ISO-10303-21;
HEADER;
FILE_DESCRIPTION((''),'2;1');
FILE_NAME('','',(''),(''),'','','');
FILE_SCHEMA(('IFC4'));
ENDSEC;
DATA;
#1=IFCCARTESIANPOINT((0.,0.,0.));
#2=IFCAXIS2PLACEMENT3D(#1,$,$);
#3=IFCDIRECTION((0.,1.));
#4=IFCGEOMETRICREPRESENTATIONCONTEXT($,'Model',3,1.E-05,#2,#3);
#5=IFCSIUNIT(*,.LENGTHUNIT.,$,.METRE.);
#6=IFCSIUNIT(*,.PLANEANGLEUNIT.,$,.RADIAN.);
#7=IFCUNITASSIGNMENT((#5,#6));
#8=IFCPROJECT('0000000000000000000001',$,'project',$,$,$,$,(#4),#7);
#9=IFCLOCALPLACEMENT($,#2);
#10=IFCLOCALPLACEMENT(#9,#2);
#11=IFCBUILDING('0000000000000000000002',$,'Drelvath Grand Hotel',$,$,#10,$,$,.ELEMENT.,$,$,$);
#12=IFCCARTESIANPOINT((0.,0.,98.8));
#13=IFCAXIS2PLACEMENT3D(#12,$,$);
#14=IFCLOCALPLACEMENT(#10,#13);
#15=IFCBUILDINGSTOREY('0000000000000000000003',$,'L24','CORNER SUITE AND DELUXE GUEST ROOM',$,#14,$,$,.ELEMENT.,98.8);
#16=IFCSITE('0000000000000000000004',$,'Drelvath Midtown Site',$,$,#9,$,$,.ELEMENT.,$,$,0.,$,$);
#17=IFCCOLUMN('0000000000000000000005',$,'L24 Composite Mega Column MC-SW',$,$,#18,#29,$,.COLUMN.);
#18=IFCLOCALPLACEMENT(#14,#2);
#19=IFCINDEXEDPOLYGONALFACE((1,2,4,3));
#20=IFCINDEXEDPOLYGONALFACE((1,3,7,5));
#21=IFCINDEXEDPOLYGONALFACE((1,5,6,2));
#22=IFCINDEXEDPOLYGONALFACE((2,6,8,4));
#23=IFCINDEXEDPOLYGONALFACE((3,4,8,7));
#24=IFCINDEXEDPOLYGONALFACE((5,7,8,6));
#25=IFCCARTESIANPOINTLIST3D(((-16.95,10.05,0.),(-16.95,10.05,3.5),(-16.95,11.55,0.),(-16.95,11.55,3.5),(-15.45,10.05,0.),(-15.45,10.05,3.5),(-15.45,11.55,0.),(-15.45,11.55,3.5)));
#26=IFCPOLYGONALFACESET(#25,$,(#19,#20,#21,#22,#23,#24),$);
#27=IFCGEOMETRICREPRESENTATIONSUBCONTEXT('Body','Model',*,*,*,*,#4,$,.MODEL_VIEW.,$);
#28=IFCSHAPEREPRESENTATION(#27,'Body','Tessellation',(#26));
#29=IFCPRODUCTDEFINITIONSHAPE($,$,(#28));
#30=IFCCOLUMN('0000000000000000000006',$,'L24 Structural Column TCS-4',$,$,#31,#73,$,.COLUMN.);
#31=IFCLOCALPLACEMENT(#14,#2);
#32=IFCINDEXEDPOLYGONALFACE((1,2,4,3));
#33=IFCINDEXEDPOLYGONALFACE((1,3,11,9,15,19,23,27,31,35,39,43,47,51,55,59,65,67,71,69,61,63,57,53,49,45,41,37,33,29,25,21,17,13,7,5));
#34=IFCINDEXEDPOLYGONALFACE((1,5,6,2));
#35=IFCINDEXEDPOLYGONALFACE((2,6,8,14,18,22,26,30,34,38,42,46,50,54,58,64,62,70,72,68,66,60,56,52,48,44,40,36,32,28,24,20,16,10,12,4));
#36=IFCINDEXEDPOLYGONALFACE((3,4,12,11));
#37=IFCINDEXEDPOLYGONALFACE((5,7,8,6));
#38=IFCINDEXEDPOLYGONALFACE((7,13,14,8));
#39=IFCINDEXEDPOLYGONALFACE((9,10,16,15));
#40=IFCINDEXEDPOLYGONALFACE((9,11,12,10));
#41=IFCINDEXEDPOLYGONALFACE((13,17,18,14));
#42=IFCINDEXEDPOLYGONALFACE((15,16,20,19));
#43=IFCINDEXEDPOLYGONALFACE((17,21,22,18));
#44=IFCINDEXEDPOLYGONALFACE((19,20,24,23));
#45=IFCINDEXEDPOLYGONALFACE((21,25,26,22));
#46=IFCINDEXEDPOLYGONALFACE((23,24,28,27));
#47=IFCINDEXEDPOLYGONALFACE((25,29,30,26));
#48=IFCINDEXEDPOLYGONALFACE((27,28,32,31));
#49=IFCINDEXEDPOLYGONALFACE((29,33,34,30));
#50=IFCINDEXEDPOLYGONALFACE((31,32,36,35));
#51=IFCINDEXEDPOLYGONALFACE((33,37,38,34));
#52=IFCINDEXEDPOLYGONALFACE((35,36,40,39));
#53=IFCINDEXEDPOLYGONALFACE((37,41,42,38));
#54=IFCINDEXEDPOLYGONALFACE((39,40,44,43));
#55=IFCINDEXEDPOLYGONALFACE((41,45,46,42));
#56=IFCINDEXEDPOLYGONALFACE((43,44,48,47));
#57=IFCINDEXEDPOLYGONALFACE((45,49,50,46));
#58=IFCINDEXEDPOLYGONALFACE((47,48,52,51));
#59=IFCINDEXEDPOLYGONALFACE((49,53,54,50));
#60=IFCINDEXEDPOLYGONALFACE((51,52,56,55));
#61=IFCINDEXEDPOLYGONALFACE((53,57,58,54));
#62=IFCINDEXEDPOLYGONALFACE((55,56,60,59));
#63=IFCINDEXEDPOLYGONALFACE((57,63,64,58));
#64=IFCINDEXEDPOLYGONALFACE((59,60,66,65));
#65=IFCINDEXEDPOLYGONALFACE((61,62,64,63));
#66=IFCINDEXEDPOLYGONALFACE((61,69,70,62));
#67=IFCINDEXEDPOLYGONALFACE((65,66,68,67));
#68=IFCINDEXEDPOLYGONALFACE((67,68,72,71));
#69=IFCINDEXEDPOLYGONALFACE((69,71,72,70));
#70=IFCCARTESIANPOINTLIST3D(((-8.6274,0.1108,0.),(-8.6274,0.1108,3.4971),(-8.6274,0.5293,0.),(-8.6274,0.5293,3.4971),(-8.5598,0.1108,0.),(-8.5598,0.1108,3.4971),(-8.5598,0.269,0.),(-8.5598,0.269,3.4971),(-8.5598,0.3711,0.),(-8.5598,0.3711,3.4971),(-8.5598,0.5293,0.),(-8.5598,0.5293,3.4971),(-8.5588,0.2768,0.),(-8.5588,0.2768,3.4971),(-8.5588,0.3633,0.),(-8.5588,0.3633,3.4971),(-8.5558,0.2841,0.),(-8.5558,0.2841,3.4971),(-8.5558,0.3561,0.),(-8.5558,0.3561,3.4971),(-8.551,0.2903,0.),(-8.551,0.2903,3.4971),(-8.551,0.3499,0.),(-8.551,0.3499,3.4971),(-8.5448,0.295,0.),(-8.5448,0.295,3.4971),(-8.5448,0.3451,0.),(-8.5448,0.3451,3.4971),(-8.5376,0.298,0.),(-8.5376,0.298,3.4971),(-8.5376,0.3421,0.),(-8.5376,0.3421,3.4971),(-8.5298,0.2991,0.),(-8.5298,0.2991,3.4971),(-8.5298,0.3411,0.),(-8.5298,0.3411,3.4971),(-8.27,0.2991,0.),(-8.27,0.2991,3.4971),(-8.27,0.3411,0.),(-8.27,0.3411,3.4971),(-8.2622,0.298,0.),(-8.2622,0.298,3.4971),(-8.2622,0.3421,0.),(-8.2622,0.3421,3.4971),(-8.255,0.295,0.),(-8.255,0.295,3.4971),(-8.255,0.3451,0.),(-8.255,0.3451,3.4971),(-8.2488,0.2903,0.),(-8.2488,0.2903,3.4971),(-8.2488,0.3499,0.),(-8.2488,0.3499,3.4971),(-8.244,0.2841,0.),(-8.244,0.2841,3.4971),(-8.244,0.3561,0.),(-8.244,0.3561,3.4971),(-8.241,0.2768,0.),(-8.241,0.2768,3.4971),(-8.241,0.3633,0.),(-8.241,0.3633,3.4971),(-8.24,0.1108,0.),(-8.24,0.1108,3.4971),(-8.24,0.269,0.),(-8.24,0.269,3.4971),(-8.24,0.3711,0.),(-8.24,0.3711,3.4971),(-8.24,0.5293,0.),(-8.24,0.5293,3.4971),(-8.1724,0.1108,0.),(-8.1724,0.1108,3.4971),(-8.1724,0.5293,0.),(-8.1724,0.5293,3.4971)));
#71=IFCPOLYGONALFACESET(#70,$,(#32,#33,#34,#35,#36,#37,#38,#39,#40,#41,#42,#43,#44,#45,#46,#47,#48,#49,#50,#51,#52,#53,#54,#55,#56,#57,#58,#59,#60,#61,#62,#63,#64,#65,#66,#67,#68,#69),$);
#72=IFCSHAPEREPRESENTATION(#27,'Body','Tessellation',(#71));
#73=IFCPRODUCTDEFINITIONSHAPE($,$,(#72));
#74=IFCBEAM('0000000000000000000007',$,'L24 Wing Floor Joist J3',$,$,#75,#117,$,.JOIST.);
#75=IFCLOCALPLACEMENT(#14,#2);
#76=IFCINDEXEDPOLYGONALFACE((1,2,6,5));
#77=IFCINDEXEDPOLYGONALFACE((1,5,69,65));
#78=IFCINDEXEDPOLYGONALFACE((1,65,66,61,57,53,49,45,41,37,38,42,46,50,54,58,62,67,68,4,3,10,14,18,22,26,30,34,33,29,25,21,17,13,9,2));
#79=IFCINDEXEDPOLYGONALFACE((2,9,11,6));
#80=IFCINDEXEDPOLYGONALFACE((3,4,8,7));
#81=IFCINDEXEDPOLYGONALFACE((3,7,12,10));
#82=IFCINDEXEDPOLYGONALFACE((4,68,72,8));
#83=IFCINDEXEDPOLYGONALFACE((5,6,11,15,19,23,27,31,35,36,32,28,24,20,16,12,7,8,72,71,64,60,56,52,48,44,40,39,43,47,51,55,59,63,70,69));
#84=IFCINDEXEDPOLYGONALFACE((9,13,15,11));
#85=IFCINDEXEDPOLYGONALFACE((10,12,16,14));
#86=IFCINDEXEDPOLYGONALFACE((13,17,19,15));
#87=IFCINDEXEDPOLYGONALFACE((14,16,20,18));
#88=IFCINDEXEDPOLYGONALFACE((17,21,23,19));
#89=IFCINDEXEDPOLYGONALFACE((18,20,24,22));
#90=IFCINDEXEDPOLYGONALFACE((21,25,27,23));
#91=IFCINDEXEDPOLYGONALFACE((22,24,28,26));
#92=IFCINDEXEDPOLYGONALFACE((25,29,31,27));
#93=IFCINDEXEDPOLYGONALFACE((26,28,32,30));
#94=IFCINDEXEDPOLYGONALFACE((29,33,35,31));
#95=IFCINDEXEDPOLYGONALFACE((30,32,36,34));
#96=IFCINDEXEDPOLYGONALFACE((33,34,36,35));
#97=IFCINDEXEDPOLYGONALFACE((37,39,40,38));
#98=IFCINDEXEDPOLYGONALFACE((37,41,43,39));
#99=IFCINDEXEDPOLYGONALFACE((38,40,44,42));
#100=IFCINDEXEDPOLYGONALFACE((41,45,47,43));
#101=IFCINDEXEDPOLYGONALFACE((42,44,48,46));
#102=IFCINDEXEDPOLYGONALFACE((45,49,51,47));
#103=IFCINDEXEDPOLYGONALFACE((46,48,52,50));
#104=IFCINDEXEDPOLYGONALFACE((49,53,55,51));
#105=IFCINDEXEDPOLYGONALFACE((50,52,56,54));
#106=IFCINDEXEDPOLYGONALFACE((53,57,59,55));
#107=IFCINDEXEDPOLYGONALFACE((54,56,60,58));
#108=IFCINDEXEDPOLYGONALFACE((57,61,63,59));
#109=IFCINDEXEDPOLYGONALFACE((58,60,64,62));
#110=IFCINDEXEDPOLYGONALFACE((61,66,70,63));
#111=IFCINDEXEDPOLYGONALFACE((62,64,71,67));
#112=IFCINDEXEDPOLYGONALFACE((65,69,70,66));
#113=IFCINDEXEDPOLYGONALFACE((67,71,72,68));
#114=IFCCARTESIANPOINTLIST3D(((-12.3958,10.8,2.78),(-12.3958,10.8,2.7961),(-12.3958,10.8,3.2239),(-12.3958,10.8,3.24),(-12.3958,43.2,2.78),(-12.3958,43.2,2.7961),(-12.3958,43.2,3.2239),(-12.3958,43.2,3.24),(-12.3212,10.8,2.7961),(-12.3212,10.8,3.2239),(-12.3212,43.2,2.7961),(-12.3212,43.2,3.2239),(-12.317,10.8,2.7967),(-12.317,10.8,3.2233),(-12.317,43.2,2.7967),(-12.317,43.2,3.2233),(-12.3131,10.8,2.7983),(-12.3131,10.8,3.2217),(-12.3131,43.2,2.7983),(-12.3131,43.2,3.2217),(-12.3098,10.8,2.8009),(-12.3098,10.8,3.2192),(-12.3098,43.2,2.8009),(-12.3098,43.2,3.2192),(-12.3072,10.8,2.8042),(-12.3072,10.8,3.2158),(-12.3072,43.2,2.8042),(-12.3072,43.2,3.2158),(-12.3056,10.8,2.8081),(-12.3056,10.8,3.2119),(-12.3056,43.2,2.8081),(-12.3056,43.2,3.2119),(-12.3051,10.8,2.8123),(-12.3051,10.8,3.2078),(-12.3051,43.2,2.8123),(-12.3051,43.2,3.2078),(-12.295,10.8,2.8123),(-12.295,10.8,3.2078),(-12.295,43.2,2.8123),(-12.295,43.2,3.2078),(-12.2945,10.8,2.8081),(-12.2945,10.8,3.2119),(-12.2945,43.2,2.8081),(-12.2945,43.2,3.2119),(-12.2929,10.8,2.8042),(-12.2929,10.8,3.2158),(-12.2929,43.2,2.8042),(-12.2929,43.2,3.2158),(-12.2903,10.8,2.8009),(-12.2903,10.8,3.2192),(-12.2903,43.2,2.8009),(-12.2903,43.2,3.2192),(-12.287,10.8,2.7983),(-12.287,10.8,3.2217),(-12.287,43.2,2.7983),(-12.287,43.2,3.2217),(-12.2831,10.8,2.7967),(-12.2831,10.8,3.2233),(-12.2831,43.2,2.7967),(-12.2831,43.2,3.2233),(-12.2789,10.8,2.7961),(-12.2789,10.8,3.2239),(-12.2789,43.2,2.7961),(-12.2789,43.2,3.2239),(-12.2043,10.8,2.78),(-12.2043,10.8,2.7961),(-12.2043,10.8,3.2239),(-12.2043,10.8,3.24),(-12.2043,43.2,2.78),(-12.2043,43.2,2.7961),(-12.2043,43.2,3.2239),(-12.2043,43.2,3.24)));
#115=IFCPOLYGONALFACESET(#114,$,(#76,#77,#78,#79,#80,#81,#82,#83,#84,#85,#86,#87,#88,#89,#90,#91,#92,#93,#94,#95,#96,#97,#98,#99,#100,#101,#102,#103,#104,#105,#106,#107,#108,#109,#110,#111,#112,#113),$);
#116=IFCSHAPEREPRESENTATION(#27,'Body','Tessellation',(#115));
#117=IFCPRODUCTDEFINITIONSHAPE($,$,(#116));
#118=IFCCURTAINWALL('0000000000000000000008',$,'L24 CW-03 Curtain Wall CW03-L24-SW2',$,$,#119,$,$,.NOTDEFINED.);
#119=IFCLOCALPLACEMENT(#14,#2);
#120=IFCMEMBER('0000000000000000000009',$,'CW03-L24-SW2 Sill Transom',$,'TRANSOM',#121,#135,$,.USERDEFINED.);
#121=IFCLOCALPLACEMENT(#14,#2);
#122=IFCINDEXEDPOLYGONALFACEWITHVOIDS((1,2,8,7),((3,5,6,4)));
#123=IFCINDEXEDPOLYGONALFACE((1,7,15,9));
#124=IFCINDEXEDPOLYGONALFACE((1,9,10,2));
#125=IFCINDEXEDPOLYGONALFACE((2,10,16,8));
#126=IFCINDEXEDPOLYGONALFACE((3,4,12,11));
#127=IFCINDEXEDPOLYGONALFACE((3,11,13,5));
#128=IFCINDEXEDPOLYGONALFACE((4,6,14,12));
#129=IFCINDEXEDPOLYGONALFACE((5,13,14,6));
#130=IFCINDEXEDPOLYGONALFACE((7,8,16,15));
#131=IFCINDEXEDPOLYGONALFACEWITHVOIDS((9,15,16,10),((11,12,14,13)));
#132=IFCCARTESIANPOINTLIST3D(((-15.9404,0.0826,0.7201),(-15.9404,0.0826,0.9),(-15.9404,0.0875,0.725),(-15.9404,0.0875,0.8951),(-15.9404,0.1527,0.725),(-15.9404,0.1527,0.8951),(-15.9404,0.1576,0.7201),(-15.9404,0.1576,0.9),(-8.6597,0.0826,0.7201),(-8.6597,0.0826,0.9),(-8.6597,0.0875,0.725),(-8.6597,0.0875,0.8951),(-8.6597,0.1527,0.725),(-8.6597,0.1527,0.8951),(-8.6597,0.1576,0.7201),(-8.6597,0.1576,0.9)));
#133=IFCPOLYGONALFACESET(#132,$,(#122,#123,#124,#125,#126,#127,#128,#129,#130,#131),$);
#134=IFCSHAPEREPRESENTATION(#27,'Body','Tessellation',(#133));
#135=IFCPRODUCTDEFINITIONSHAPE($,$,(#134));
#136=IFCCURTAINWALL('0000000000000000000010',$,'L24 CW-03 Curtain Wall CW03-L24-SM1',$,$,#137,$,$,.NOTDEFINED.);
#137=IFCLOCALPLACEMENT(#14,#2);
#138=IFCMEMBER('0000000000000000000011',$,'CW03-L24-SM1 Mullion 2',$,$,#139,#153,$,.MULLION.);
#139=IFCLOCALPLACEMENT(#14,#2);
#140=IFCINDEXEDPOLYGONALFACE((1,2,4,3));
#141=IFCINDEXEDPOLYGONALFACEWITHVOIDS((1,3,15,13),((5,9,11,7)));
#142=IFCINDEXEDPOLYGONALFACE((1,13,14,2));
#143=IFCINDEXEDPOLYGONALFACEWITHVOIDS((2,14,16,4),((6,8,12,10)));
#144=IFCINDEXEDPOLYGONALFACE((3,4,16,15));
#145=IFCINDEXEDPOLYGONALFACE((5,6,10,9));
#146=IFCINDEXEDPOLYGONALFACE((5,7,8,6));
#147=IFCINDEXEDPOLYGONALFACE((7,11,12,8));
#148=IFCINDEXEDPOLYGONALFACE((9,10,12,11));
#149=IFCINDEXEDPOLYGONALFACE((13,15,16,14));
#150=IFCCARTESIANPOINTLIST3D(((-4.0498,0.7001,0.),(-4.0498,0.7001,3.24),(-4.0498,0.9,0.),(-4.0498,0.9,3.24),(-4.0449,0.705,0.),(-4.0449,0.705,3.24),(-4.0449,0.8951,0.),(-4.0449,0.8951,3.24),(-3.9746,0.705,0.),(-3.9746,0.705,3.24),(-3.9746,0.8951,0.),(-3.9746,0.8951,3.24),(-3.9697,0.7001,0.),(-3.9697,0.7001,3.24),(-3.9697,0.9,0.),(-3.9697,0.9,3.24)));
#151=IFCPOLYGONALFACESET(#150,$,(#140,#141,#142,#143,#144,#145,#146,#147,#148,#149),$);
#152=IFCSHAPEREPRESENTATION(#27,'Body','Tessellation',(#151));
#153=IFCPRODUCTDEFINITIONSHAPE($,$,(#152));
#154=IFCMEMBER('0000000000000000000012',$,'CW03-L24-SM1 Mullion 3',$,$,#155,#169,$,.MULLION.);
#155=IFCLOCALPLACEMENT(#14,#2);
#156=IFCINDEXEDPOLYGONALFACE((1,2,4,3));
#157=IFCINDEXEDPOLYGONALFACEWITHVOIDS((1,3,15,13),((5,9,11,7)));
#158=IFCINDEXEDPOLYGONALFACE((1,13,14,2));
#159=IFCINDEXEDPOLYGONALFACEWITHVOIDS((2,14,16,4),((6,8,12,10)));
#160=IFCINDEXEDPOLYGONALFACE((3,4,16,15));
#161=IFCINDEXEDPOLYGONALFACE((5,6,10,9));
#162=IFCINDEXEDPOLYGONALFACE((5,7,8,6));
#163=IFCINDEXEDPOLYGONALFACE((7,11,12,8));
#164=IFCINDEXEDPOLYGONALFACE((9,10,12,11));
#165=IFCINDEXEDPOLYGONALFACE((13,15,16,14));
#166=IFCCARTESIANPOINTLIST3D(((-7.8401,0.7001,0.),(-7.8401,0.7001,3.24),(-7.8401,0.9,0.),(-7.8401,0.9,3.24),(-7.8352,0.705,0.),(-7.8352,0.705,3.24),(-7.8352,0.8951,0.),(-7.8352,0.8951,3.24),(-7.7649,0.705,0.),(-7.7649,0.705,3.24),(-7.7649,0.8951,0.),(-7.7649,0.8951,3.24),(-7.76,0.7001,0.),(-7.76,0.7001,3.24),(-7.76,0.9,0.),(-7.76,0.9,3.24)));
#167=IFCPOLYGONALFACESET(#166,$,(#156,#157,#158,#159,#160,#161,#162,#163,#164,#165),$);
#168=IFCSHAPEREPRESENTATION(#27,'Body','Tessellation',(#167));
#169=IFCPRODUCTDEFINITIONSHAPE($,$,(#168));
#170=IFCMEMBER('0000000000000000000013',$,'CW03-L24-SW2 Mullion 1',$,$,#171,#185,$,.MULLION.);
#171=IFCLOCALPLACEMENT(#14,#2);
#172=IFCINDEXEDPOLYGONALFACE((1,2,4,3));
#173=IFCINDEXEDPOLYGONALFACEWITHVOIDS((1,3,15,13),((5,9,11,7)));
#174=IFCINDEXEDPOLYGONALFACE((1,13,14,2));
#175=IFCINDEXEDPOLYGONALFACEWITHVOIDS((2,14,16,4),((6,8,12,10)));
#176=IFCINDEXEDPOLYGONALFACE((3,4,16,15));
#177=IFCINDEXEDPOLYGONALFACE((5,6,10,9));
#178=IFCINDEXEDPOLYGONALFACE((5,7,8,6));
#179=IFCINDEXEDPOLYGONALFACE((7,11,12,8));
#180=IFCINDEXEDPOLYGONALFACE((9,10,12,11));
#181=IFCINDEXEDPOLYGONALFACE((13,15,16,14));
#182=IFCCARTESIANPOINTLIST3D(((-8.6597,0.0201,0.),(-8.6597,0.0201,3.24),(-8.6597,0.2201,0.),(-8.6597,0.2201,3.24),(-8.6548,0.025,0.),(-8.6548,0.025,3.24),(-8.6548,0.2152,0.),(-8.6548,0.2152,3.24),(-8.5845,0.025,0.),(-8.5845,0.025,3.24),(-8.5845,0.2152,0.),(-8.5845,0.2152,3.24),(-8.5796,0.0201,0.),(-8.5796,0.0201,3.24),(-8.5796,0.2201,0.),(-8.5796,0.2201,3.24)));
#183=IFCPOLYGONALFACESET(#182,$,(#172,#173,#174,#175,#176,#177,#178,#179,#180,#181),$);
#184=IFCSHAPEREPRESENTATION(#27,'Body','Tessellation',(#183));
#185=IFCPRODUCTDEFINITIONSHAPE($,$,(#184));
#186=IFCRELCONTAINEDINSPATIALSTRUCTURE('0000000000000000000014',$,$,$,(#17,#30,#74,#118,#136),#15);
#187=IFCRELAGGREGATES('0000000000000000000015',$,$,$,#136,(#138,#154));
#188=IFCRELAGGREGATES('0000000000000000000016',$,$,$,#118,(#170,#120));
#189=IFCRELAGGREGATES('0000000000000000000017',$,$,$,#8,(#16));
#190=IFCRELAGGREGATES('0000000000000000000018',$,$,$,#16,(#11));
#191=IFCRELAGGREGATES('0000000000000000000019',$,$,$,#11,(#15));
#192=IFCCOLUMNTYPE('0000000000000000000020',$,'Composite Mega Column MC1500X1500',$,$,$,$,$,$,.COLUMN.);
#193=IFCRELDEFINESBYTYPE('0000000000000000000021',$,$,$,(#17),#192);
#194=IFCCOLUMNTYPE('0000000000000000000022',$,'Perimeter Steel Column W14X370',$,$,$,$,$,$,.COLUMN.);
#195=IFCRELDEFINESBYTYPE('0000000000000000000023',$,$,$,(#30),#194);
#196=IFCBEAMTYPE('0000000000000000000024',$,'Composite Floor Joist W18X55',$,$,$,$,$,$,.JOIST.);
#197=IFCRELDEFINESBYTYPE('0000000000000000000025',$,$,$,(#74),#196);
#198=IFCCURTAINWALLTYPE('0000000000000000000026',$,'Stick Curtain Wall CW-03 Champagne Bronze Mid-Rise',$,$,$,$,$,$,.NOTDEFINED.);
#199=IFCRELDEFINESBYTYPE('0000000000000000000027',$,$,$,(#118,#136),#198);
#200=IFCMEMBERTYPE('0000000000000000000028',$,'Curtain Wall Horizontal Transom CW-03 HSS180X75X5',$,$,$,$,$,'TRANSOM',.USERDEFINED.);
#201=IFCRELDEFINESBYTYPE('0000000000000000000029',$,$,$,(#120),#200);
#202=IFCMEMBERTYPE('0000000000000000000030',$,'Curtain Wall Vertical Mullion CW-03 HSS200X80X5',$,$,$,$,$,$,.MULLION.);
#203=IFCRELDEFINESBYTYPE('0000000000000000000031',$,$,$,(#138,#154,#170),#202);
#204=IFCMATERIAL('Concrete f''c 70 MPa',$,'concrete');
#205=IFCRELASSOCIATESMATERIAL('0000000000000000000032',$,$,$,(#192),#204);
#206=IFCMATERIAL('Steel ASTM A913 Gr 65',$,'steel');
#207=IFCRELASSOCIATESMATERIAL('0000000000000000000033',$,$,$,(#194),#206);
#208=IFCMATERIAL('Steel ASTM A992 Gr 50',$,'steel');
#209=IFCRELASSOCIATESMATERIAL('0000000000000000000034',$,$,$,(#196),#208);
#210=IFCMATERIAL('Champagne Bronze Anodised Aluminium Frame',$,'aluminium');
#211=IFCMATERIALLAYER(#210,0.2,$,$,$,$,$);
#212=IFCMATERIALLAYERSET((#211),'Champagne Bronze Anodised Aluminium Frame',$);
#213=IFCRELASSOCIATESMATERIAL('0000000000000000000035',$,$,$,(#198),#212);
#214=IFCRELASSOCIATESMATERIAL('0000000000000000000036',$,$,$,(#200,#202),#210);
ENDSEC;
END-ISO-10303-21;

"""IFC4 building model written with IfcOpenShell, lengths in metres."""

from ifc_helpers import new_model, si_unit, direction, frame, origin, origin_2d, place, context, subcontext, project, spatial, rectangle, hollow_rectangle, i_section, extrude, material, layer, layer_set, material_profile, profile_set, type_object, element, aggregate, save


model = new_model("IFC4")

# Units and contexts
model_context = context("Model", 3, precision=1e-05, world=origin(), true_north=direction((0.0, 1.0)))
body_context = subcontext(model_context, "Body", "Model", "MODEL_VIEW")
ifc_project = project(units=[si_unit("LENGTHUNIT", "METRE"), si_unit("PLANEANGLEUNIT", "RADIAN")], contexts=[model_context])

# Site, building, storey
site_placement = place(None, origin())
site = spatial("IfcSite", under=ifc_project, at=site_placement, Name="Drelvath Midtown Site", CompositionType="ELEMENT", RefElevation=0.0)
building_placement = place(site_placement, origin())
building = spatial("IfcBuilding", under=site, at=building_placement, Name="Drelvath Grand Hotel", CompositionType="ELEMENT")
storey_placement = place(building_placement, frame((0.0, 0.0, 98.8)))
storey = spatial("IfcBuildingStorey", under=building, at=storey_placement, Name="L24", Description="CORNER SUITE AND DELUXE GUEST ROOM", CompositionType="ELEMENT", Elevation=98.8)

# Columns
ifc_material_1 = material(Name="Concrete f'c 70 MPa", Category="concrete")
ifc_material_profile_1 = material_profile(ifc_material_1, rectangle(XDim=1.5, YDim=1.5, at=origin_2d()), Name="MC1500X1500")
ifc_profile_set_1 = profile_set([ifc_material_profile_1], Name="Concrete f'c 70 MPa")
column_type_1 = type_object("IfcColumnType", Name="Composite Mega Column MC1500X1500", PredefinedType="COLUMN", material=ifc_profile_set_1)
column_1_placement = place(storey_placement, frame((-16.2, 10.8, 0.0), z_axis=(0.0, 0.0, 1.0), x_axis=(1.0, 0.0, 0.0)))
element("IfcColumn", 1, at=column_1_placement, inside=storey, type_object=column_type_1, Name="L24 Composite Mega Column MC-SW", PredefinedType="COLUMN", context=body_context, shape_type="SweptSolid", body=[
    extrude(rectangle(XDim=1.5, YDim=1.5, at=origin_2d()), origin(), (0.0, 0.0, 1.0), 3.5),
])
ifc_material_2 = material(Name="Steel ASTM A913 Gr 65", Category="steel")
ifc_material_profile_2 = material_profile(ifc_material_2, i_section(OverallWidth=0.4185, OverallDepth=0.4551, WebThickness=0.042, FlangeThickness=0.0676, FilletRadius=0.03, at=origin_2d()), Name="W14X370")
ifc_profile_set_2 = profile_set([ifc_material_profile_2], Name="Steel ASTM A913 Gr 65")
column_type_2 = type_object("IfcColumnType", Name="Perimeter Steel Column W14X370", PredefinedType="COLUMN", material=ifc_profile_set_2)
column_2_placement = place(storey_placement, frame((-8.3999, 0.3201, 0.0), z_axis=(0.0, 0.0, 1.0), x_axis=(0.0, 1.0, 0.0)))
element("IfcColumn", 2, at=column_2_placement, inside=storey, type_object=column_type_2, Name="L24 Structural Column TCS-4", PredefinedType="COLUMN", context=body_context, shape_type="SweptSolid", body=[
    extrude(i_section(OverallWidth=0.4185, OverallDepth=0.4551, WebThickness=0.042, FlangeThickness=0.0676, FilletRadius=0.03, at=origin_2d()), origin(), (0.0, 0.0, 1.0), 3.4971),
])

# Beam
ifc_material_3 = material(Name="Steel ASTM A992 Gr 50", Category="steel")
ifc_material_profile_3 = material_profile(ifc_material_3, i_section(OverallWidth=0.1914, OverallDepth=0.46, WebThickness=0.01, FlangeThickness=0.0161, FilletRadius=0.0161, at=origin_2d()), Name="W18X55")
ifc_profile_set_3 = profile_set([ifc_material_profile_3], Name="Steel ASTM A992 Gr 50")
beam_type_1 = type_object("IfcBeamType", Name="Composite Floor Joist W18X55", PredefinedType="JOIST", material=ifc_profile_set_3)
beam_1_placement = place(storey_placement, frame((-12.3, 10.8, 3.01), z_axis=(0.0, 1.0, 0.0), x_axis=(-1.0, 0.0, 0.0)))
element("IfcBeam", 3, at=beam_1_placement, inside=storey, type_object=beam_type_1, Name="L24 Wing Floor Joist J3", PredefinedType="JOIST", context=body_context, shape_type="SweptSolid", body=[
    extrude(i_section(OverallWidth=0.1914, OverallDepth=0.46, WebThickness=0.01, FlangeThickness=0.0161, FilletRadius=0.0161, at=origin_2d()), origin(), (0.0, 0.0, 1.0), 32.3999),
])

# Curtain wall, member
ifc_material_4 = material(Name="Champagne Bronze Anodised Aluminium Frame", Category="aluminium")
ifc_layer_1 = layer(ifc_material_4, 0.2)
ifc_layer_set_1 = layer_set([ifc_layer_1], Name="Champagne Bronze Anodised Aluminium Frame")
curtain_wall_type = type_object("IfcCurtainWallType", Name="Stick Curtain Wall CW-03 Champagne Bronze Mid-Rise", PredefinedType="NOTDEFINED", material=ifc_layer_set_1)
curtain_wall_1_placement = place(storey_placement, origin())
curtain_wall_1 = element("IfcCurtainWall", 4, at=curtain_wall_1_placement, inside=storey, type_object=curtain_wall_type, Name="L24 CW-03 Curtain Wall CW03-L24-SW2", PredefinedType="NOTDEFINED")
ifc_material_profile_4 = material_profile(ifc_material_4, hollow_rectangle(XDim=0.075, YDim=0.1799, WallThickness=0.0049, at=origin_2d()), Name="HSS180X75X5")
ifc_profile_set_4 = profile_set([ifc_material_profile_4], Name="Champagne Bronze Anodised Aluminium Frame")
member_type_1 = type_object("IfcMemberType", Name="Curtain Wall Horizontal Transom CW-03 HSS180X75X5", ElementType="TRANSOM", PredefinedType="USERDEFINED", material=ifc_profile_set_4)
member_1_placement = place(storey_placement, frame((-8.6597, 0.1201, 0.8101), z_axis=(-1.0, 0.0, 0.0), x_axis=(0.0, -1.0, 0.0)))
member_1 = element("IfcMember", 5, at=member_1_placement, type_object=member_type_1, Name="CW03-L24-SW2 Sill Transom", ObjectType="TRANSOM", PredefinedType="USERDEFINED", context=body_context, shape_type="SweptSolid", body=[
    extrude(hollow_rectangle(XDim=0.075, YDim=0.1799, WallThickness=0.0049, at=origin_2d()), origin(), (0.0, 0.0, 1.0), 7.2808),
])

# Curtain wall, members
curtain_wall_2_placement = place(storey_placement, origin())
curtain_wall_2 = element("IfcCurtainWall", 6, at=curtain_wall_2_placement, inside=storey, type_object=curtain_wall_type, Name="L24 CW-03 Curtain Wall CW03-L24-SM1", PredefinedType="NOTDEFINED")
ifc_material_profile_5 = material_profile(ifc_material_4, hollow_rectangle(XDim=0.0801, YDim=0.2, WallThickness=0.0049, at=origin_2d()), Name="HSS200X80X5")
ifc_profile_set_5 = profile_set([ifc_material_profile_5], Name="Champagne Bronze Anodised Aluminium Frame")
member_type_2 = type_object("IfcMemberType", Name="Curtain Wall Vertical Mullion CW-03 HSS200X80X5", PredefinedType="MULLION", material=ifc_profile_set_5)
member_2_placement = place(storey_placement, frame((-4.0098, 0.8, 0.0), z_axis=(0.0, 0.0, 1.0), x_axis=(1.0, 0.0, 0.0)))
member_2 = element("IfcMember", 7, at=member_2_placement, type_object=member_type_2, Name="CW03-L24-SM1 Mullion 2", PredefinedType="MULLION", context=body_context, shape_type="SweptSolid", body=[
    extrude(hollow_rectangle(XDim=0.0801, YDim=0.2, WallThickness=0.0049, at=origin_2d()), origin(), (0.0, 0.0, 1.0), 3.24),
])
member_3_placement = place(storey_placement, frame((-7.8, 0.8, 0.0), z_axis=(0.0, 0.0, 1.0), x_axis=(1.0, 0.0, 0.0)))
member_3 = element("IfcMember", 8, at=member_3_placement, type_object=member_type_2, Name="CW03-L24-SM1 Mullion 3", PredefinedType="MULLION", context=body_context, shape_type="SweptSolid", body=[
    extrude(hollow_rectangle(XDim=0.0801, YDim=0.2, WallThickness=0.0049, at=origin_2d()), origin(), (0.0, 0.0, 1.0), 3.24),
])

# Member
member_4_placement = place(storey_placement, frame((-8.6196, 0.1201, 0.0), z_axis=(0.0, 0.0, 1.0), x_axis=(1.0, 0.0, 0.0)))
member_4 = element("IfcMember", 9, at=member_4_placement, type_object=member_type_2, Name="CW03-L24-SW2 Mullion 1", PredefinedType="MULLION", context=body_context, shape_type="SweptSolid", body=[
    extrude(hollow_rectangle(XDim=0.0801, YDim=0.2, WallThickness=0.0049, at=origin_2d()), origin(), (0.0, 0.0, 1.0), 3.24),
])

aggregate(curtain_wall_2, [member_2, member_3])
aggregate(curtain_wall_1, [member_4, member_1])

save(model, "model.ifc")
